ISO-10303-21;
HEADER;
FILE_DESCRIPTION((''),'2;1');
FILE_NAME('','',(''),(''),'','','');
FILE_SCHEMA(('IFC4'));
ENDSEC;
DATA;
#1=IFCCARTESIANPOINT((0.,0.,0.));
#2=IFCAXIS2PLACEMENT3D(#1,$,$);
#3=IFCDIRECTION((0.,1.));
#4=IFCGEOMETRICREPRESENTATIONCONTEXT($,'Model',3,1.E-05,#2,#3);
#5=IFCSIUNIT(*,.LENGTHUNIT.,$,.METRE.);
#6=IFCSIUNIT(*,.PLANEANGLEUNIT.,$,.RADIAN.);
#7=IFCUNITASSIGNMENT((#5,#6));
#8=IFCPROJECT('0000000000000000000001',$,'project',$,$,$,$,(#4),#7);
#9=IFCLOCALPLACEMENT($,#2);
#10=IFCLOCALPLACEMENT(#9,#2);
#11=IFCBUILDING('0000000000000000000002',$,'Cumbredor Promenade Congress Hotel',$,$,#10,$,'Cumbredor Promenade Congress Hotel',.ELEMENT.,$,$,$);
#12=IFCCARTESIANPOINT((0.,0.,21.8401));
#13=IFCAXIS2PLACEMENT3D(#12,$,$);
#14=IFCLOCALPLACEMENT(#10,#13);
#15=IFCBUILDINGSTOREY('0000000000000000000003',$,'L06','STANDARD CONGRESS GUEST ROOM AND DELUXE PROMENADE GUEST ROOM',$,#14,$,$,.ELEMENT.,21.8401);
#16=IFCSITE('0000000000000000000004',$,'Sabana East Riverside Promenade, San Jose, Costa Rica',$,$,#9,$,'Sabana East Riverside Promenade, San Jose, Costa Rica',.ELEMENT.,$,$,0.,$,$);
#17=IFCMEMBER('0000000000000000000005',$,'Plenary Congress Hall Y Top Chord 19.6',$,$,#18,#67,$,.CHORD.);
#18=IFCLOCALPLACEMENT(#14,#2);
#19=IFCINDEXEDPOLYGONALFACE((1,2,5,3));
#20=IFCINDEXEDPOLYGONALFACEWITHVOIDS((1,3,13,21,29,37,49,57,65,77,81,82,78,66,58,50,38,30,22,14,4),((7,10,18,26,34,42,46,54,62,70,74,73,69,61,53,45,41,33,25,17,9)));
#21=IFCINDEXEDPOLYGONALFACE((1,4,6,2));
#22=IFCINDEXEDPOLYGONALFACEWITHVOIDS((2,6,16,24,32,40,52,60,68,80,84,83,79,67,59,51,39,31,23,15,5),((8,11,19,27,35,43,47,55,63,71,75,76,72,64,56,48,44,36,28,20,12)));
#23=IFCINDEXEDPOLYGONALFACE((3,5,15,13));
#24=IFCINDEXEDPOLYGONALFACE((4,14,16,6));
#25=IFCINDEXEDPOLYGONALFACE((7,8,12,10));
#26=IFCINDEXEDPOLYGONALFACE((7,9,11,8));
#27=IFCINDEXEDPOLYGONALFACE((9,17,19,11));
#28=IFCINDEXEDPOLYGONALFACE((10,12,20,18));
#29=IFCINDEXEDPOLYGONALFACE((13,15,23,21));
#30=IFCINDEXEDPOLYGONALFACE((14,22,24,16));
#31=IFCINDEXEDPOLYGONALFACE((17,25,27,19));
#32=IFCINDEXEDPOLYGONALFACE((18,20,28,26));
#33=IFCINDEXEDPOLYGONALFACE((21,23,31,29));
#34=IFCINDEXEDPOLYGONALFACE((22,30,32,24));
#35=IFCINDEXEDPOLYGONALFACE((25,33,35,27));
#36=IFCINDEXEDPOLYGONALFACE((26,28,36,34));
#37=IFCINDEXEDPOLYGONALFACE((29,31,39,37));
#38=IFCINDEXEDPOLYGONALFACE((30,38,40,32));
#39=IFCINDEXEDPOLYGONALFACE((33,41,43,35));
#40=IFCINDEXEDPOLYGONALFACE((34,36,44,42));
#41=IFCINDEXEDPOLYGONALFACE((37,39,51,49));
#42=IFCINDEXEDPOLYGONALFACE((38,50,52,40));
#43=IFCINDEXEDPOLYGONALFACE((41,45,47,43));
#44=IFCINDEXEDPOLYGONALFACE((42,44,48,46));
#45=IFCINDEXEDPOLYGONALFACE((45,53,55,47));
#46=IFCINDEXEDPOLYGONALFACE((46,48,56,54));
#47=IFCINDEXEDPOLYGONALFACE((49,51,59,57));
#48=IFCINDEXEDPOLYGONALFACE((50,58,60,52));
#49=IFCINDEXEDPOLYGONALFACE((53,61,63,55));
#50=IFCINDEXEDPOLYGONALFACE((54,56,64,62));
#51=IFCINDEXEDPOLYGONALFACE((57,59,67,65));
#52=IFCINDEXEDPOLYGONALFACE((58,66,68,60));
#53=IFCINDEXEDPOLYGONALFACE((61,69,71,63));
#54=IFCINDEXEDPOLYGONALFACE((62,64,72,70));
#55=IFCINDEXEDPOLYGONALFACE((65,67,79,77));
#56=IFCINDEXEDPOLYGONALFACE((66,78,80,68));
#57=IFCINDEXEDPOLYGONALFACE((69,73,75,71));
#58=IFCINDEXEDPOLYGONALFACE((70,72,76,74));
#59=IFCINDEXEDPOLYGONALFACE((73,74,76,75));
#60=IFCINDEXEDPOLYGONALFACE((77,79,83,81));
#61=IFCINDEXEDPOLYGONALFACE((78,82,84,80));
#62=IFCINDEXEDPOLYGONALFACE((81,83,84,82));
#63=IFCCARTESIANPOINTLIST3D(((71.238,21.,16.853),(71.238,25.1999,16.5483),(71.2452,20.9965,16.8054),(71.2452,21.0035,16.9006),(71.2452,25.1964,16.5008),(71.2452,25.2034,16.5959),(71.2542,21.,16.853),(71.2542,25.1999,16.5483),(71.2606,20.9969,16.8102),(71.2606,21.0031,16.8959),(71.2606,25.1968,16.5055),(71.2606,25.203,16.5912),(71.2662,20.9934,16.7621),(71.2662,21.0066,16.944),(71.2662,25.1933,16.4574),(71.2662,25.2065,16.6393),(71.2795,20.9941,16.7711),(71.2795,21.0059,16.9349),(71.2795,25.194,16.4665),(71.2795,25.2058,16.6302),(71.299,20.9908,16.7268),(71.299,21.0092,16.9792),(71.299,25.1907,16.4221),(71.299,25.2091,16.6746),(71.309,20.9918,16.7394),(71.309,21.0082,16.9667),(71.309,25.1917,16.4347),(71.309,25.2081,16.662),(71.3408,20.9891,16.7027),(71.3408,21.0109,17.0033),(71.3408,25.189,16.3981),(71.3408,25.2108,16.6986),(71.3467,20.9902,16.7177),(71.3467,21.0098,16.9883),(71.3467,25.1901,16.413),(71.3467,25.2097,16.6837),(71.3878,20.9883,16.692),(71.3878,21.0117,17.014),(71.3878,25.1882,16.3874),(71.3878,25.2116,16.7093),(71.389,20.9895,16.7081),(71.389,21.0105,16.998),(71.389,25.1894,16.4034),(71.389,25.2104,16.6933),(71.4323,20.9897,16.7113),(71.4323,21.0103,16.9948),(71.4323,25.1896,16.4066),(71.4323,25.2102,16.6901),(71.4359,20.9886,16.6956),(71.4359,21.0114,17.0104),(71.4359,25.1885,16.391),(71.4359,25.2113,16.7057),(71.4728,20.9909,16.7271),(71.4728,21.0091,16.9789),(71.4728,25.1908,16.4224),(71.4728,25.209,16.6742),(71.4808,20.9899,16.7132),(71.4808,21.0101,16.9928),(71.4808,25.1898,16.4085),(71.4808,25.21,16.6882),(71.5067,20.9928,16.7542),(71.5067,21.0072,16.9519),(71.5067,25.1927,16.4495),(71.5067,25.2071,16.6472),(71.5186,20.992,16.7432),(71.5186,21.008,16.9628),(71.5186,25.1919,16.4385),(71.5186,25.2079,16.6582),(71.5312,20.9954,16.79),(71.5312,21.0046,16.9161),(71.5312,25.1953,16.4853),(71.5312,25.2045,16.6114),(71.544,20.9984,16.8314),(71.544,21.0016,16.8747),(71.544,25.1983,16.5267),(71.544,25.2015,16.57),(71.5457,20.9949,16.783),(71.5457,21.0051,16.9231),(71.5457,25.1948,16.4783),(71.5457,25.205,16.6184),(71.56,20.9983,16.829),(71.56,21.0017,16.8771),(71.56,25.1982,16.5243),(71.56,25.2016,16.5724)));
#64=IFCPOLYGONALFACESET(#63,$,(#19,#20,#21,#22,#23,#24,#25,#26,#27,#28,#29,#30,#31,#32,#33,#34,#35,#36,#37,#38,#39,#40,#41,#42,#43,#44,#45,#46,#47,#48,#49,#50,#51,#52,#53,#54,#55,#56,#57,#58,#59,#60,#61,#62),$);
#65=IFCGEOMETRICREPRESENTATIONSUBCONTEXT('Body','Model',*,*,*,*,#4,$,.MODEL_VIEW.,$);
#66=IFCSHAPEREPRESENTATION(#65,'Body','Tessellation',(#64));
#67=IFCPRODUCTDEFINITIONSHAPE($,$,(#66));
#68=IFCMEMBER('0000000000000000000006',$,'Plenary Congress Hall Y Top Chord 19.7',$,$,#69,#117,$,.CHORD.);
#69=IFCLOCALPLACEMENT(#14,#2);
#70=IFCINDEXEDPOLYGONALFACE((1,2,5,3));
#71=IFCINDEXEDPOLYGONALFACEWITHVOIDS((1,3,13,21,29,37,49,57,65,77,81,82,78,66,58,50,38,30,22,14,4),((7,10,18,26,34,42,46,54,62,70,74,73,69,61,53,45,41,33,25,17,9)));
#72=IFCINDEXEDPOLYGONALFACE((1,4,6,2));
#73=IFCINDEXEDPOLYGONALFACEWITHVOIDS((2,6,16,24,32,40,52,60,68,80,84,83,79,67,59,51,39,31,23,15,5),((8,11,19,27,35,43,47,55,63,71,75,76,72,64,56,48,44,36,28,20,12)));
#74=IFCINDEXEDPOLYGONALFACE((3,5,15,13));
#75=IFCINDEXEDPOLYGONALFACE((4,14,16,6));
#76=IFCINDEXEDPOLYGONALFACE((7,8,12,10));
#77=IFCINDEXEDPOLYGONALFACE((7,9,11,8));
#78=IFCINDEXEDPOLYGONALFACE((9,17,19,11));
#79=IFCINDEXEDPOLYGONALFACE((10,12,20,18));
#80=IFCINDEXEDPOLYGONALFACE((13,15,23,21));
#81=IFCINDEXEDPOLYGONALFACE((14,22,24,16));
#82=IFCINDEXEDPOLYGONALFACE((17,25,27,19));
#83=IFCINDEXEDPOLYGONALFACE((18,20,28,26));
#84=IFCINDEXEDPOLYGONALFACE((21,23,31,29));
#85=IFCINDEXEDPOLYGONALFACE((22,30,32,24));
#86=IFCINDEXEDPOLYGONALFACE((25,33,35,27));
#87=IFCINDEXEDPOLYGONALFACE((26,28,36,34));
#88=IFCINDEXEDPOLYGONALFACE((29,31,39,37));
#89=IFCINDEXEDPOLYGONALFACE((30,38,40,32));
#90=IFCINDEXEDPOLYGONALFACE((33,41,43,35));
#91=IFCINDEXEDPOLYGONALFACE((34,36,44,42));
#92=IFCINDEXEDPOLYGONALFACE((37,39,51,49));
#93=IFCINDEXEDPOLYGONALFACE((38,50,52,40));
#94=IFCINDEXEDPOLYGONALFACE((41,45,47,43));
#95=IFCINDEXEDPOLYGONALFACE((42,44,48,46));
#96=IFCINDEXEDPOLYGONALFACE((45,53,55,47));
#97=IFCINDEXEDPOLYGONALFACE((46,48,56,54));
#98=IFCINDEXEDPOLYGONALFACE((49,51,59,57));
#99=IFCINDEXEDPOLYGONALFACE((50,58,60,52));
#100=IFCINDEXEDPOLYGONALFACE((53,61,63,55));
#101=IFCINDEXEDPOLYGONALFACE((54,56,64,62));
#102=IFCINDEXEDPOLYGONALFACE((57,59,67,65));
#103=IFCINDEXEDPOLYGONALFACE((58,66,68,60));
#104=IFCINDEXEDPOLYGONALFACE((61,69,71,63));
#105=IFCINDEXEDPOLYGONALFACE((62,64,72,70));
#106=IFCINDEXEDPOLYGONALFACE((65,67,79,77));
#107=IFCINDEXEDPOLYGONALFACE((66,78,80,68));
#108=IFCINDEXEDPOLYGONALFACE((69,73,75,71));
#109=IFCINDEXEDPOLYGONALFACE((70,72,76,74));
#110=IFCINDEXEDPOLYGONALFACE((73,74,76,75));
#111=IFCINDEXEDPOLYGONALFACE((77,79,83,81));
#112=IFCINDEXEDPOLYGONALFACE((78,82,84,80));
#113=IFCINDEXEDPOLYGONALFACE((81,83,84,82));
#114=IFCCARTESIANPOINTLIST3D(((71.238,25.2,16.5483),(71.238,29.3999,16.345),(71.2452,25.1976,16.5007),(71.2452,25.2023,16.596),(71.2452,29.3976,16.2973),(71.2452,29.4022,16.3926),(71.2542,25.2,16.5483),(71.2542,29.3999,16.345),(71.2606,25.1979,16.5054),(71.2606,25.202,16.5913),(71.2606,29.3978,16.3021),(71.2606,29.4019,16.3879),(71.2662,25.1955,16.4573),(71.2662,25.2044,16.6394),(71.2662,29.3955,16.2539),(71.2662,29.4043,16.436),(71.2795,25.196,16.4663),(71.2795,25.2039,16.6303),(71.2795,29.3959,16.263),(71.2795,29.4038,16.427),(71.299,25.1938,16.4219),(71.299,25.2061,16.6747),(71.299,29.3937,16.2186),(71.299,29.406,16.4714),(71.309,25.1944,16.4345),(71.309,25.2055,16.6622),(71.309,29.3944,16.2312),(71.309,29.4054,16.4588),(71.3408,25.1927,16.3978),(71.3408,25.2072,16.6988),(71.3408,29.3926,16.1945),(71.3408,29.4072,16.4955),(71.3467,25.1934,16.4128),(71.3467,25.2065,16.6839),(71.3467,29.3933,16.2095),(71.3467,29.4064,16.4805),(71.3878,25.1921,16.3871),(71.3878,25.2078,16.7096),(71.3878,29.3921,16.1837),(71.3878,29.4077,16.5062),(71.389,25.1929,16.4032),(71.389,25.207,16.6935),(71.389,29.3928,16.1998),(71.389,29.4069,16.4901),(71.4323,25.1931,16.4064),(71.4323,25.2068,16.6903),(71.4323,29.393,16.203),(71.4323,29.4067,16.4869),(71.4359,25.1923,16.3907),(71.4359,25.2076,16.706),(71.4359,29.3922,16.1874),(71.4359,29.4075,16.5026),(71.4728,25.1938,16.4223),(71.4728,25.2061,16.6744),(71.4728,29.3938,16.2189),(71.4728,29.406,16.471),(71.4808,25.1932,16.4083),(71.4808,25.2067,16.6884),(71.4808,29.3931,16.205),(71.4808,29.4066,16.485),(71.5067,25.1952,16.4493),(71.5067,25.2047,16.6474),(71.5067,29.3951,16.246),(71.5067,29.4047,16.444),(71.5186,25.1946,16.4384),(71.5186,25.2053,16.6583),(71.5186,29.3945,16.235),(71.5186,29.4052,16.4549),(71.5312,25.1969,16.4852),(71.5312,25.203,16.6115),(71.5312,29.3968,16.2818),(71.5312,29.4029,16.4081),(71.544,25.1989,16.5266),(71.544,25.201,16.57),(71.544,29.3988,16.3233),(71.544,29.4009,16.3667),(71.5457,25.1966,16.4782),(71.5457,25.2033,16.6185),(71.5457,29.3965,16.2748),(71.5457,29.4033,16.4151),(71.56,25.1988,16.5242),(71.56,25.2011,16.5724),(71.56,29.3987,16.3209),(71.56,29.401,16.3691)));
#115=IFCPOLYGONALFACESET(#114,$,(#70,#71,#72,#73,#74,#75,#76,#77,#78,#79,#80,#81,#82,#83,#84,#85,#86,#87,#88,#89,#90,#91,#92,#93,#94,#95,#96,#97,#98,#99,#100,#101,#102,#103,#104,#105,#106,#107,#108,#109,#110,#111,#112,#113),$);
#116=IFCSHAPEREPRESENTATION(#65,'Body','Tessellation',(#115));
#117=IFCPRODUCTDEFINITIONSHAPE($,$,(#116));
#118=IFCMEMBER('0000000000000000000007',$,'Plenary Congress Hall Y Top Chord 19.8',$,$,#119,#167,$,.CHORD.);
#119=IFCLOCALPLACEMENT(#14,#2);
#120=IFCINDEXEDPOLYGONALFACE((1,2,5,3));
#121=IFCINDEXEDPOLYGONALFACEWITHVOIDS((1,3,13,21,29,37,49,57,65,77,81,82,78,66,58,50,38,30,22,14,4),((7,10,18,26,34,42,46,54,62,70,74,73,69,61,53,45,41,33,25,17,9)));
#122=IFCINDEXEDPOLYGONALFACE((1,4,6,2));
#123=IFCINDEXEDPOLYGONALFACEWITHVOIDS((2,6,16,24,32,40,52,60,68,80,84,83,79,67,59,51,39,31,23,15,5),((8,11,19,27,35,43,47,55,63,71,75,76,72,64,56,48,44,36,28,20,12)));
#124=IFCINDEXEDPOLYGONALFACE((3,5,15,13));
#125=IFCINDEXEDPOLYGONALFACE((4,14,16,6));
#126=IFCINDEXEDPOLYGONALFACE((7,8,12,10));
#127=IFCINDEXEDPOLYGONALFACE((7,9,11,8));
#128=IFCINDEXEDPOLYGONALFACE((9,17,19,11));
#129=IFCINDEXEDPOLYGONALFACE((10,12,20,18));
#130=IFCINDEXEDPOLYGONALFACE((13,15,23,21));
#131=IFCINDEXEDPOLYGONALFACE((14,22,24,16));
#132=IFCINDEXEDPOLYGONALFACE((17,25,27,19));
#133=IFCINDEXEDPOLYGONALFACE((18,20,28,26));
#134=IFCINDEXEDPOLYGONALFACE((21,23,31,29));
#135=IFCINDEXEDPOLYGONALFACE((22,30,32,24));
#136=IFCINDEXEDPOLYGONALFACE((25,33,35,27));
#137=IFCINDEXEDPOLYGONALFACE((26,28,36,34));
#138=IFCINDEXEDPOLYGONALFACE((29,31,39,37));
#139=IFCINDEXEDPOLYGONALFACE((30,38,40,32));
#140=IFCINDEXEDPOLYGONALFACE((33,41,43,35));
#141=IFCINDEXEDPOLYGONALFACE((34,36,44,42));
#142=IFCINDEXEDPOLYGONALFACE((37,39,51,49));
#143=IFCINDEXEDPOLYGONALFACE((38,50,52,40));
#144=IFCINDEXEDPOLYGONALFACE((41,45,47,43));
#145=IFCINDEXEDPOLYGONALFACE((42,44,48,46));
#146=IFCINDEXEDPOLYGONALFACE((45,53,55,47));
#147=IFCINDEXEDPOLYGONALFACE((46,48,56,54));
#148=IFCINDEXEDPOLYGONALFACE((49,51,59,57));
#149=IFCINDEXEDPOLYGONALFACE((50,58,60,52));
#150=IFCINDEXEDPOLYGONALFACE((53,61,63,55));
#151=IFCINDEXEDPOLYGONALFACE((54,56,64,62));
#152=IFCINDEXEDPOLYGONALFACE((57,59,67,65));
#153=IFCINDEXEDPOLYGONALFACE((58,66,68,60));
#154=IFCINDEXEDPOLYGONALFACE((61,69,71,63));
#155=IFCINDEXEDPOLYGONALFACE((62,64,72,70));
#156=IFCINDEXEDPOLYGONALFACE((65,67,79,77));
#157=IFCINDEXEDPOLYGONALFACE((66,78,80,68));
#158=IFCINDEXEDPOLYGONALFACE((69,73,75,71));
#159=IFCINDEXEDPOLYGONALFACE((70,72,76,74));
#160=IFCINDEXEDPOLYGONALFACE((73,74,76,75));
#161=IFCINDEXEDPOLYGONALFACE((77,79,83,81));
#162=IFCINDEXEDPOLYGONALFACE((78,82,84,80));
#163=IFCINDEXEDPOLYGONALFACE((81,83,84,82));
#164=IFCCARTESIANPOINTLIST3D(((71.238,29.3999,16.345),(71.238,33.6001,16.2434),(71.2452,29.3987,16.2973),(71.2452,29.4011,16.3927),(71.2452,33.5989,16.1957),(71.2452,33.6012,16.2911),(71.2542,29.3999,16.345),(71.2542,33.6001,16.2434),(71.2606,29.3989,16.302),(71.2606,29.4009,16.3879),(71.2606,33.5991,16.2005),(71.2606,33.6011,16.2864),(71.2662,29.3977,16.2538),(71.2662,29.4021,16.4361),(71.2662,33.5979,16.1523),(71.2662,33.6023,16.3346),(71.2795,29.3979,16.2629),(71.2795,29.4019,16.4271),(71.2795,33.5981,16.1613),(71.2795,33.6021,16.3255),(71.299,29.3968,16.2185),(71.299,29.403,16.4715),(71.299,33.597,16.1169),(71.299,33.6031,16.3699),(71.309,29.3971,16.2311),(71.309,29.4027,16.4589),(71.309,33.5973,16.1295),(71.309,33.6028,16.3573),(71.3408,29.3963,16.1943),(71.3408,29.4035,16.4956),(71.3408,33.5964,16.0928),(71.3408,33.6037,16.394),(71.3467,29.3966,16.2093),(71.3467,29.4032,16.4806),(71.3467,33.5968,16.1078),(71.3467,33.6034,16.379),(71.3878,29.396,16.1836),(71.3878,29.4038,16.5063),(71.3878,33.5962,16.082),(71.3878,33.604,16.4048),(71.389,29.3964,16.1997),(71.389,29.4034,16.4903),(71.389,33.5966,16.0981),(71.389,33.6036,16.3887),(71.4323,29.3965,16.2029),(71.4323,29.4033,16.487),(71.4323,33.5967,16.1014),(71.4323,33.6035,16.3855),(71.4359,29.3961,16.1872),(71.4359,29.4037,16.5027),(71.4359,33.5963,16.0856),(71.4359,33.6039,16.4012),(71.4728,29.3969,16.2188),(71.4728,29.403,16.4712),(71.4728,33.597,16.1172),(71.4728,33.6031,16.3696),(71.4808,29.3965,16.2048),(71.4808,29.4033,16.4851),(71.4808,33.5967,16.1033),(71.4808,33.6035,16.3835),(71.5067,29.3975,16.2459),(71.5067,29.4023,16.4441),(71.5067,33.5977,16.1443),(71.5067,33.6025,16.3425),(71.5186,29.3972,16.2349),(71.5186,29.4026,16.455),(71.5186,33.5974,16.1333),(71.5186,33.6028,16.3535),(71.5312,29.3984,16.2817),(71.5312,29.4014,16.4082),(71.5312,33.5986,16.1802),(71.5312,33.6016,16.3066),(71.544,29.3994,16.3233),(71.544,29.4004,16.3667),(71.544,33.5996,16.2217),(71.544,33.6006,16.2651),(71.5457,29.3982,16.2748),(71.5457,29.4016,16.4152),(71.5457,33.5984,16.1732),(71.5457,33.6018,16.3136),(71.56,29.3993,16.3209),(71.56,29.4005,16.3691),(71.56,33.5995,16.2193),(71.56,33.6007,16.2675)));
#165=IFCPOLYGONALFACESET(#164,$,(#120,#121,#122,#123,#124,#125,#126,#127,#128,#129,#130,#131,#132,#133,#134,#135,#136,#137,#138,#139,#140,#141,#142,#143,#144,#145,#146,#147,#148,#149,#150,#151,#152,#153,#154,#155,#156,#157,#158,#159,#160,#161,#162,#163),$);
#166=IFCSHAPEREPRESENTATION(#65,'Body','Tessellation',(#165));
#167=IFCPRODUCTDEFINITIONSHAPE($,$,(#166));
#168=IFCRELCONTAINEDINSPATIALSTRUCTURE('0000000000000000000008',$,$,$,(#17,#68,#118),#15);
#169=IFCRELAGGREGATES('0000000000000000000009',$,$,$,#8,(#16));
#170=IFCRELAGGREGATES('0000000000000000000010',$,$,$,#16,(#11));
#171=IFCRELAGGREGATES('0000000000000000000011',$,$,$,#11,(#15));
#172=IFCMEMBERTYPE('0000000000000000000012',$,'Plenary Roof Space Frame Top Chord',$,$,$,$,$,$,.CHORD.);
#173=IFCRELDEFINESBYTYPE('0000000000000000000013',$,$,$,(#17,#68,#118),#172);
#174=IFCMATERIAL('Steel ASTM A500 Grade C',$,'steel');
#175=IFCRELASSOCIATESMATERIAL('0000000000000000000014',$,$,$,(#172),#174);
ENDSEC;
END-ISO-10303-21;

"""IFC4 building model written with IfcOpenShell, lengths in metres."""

from ifc_helpers import new_model, si_unit, direction, frame, origin, origin_2d, place, context, subcontext, project, spatial, hollow_circle, extrude, material, material_profile, profile_set, type_object, element, save


model = new_model("IFC4")

# Units and contexts
model_context = context("Model", 3, precision=1e-05, world=origin(), true_north=direction((0.0, 1.0)))
body_context = subcontext(model_context, "Body", "Model", "MODEL_VIEW")
ifc_project = project(units=[si_unit("LENGTHUNIT", "METRE"), si_unit("PLANEANGLEUNIT", "RADIAN")], contexts=[model_context])

# Site, building, storey
site_placement = place(None, origin())
site = spatial("IfcSite", under=ifc_project, at=site_placement, Name="Sabana East Riverside Promenade, San Jose, Costa Rica", LongName="Sabana East Riverside Promenade, San Jose, Costa Rica", CompositionType="ELEMENT", RefElevation=0.0)
building_placement = place(site_placement, origin())
building = spatial("IfcBuilding", under=site, at=building_placement, Name="Cumbredor Promenade Congress Hotel", LongName="Cumbredor Promenade Congress Hotel", CompositionType="ELEMENT")
storey_placement = place(building_placement, frame((0.0, 0.0, 21.8401)))
storey = spatial("IfcBuildingStorey", under=building, at=storey_placement, Name="L06", Description="STANDARD CONGRESS GUEST ROOM AND DELUXE PROMENADE GUEST ROOM", CompositionType="ELEMENT", Elevation=21.8401)

# Members
ifc_material_1 = material(Name="Steel ASTM A500 Grade C", Category="steel")
ifc_material_profile_1 = material_profile(ifc_material_1, hollow_circle(Radius=0.1619, WallThickness=0.0161, at=origin_2d()), Name="CHS 323.9x16")
ifc_profile_set_1 = profile_set([ifc_material_profile_1], Name="Steel ASTM A500 Grade C")
member_type_1 = type_object("IfcMemberType", Name="Plenary Roof Space Frame Top Chord", PredefinedType="CHORD", material=ifc_profile_set_1)
member_1_placement = place(storey_placement, frame((71.3999, 21.0, 16.853), z_axis=(0.0, 0.997379, -0.072355), x_axis=(-1.0, 0.0, 0.0)))
element("IfcMember", 1, at=member_1_placement, inside=storey, type_object=member_type_1, Name="Plenary Congress Hall Y Top Chord 19.6", PredefinedType="CHORD", context=body_context, shape_type="SweptSolid", body=[
    extrude(hollow_circle(Radius=0.1619, WallThickness=0.0161, at=origin_2d()), origin(), (0.0, 0.0, 1.0), 4.2109),
])
member_2_placement = place(storey_placement, frame((71.3999, 25.2, 16.5483), z_axis=(0.0, 0.99883, -0.048365), x_axis=(-1.0, 0.0, 0.0)))
element("IfcMember", 2, at=member_2_placement, inside=storey, type_object=member_type_1, Name="Plenary Congress Hall Y Top Chord 19.7", PredefinedType="CHORD", context=body_context, shape_type="SweptSolid", body=[
    extrude(hollow_circle(Radius=0.1619, WallThickness=0.0161, at=origin_2d()), origin(), (0.0, 0.0, 1.0), 4.2048),
])
member_3_placement = place(storey_placement, frame((71.3999, 29.3999, 16.345), z_axis=(0.0, 0.999708, -0.024173), x_axis=(-1.0, 0.0, 0.0)))
element("IfcMember", 3, at=member_3_placement, inside=storey, type_object=member_type_1, Name="Plenary Congress Hall Y Top Chord 19.8", PredefinedType="CHORD", context=body_context, shape_type="SweptSolid", body=[
    extrude(hollow_circle(Radius=0.1619, WallThickness=0.0161, at=origin_2d()), origin(), (0.0, 0.0, 1.0), 4.2014),
])

save(model, "model.ifc")
